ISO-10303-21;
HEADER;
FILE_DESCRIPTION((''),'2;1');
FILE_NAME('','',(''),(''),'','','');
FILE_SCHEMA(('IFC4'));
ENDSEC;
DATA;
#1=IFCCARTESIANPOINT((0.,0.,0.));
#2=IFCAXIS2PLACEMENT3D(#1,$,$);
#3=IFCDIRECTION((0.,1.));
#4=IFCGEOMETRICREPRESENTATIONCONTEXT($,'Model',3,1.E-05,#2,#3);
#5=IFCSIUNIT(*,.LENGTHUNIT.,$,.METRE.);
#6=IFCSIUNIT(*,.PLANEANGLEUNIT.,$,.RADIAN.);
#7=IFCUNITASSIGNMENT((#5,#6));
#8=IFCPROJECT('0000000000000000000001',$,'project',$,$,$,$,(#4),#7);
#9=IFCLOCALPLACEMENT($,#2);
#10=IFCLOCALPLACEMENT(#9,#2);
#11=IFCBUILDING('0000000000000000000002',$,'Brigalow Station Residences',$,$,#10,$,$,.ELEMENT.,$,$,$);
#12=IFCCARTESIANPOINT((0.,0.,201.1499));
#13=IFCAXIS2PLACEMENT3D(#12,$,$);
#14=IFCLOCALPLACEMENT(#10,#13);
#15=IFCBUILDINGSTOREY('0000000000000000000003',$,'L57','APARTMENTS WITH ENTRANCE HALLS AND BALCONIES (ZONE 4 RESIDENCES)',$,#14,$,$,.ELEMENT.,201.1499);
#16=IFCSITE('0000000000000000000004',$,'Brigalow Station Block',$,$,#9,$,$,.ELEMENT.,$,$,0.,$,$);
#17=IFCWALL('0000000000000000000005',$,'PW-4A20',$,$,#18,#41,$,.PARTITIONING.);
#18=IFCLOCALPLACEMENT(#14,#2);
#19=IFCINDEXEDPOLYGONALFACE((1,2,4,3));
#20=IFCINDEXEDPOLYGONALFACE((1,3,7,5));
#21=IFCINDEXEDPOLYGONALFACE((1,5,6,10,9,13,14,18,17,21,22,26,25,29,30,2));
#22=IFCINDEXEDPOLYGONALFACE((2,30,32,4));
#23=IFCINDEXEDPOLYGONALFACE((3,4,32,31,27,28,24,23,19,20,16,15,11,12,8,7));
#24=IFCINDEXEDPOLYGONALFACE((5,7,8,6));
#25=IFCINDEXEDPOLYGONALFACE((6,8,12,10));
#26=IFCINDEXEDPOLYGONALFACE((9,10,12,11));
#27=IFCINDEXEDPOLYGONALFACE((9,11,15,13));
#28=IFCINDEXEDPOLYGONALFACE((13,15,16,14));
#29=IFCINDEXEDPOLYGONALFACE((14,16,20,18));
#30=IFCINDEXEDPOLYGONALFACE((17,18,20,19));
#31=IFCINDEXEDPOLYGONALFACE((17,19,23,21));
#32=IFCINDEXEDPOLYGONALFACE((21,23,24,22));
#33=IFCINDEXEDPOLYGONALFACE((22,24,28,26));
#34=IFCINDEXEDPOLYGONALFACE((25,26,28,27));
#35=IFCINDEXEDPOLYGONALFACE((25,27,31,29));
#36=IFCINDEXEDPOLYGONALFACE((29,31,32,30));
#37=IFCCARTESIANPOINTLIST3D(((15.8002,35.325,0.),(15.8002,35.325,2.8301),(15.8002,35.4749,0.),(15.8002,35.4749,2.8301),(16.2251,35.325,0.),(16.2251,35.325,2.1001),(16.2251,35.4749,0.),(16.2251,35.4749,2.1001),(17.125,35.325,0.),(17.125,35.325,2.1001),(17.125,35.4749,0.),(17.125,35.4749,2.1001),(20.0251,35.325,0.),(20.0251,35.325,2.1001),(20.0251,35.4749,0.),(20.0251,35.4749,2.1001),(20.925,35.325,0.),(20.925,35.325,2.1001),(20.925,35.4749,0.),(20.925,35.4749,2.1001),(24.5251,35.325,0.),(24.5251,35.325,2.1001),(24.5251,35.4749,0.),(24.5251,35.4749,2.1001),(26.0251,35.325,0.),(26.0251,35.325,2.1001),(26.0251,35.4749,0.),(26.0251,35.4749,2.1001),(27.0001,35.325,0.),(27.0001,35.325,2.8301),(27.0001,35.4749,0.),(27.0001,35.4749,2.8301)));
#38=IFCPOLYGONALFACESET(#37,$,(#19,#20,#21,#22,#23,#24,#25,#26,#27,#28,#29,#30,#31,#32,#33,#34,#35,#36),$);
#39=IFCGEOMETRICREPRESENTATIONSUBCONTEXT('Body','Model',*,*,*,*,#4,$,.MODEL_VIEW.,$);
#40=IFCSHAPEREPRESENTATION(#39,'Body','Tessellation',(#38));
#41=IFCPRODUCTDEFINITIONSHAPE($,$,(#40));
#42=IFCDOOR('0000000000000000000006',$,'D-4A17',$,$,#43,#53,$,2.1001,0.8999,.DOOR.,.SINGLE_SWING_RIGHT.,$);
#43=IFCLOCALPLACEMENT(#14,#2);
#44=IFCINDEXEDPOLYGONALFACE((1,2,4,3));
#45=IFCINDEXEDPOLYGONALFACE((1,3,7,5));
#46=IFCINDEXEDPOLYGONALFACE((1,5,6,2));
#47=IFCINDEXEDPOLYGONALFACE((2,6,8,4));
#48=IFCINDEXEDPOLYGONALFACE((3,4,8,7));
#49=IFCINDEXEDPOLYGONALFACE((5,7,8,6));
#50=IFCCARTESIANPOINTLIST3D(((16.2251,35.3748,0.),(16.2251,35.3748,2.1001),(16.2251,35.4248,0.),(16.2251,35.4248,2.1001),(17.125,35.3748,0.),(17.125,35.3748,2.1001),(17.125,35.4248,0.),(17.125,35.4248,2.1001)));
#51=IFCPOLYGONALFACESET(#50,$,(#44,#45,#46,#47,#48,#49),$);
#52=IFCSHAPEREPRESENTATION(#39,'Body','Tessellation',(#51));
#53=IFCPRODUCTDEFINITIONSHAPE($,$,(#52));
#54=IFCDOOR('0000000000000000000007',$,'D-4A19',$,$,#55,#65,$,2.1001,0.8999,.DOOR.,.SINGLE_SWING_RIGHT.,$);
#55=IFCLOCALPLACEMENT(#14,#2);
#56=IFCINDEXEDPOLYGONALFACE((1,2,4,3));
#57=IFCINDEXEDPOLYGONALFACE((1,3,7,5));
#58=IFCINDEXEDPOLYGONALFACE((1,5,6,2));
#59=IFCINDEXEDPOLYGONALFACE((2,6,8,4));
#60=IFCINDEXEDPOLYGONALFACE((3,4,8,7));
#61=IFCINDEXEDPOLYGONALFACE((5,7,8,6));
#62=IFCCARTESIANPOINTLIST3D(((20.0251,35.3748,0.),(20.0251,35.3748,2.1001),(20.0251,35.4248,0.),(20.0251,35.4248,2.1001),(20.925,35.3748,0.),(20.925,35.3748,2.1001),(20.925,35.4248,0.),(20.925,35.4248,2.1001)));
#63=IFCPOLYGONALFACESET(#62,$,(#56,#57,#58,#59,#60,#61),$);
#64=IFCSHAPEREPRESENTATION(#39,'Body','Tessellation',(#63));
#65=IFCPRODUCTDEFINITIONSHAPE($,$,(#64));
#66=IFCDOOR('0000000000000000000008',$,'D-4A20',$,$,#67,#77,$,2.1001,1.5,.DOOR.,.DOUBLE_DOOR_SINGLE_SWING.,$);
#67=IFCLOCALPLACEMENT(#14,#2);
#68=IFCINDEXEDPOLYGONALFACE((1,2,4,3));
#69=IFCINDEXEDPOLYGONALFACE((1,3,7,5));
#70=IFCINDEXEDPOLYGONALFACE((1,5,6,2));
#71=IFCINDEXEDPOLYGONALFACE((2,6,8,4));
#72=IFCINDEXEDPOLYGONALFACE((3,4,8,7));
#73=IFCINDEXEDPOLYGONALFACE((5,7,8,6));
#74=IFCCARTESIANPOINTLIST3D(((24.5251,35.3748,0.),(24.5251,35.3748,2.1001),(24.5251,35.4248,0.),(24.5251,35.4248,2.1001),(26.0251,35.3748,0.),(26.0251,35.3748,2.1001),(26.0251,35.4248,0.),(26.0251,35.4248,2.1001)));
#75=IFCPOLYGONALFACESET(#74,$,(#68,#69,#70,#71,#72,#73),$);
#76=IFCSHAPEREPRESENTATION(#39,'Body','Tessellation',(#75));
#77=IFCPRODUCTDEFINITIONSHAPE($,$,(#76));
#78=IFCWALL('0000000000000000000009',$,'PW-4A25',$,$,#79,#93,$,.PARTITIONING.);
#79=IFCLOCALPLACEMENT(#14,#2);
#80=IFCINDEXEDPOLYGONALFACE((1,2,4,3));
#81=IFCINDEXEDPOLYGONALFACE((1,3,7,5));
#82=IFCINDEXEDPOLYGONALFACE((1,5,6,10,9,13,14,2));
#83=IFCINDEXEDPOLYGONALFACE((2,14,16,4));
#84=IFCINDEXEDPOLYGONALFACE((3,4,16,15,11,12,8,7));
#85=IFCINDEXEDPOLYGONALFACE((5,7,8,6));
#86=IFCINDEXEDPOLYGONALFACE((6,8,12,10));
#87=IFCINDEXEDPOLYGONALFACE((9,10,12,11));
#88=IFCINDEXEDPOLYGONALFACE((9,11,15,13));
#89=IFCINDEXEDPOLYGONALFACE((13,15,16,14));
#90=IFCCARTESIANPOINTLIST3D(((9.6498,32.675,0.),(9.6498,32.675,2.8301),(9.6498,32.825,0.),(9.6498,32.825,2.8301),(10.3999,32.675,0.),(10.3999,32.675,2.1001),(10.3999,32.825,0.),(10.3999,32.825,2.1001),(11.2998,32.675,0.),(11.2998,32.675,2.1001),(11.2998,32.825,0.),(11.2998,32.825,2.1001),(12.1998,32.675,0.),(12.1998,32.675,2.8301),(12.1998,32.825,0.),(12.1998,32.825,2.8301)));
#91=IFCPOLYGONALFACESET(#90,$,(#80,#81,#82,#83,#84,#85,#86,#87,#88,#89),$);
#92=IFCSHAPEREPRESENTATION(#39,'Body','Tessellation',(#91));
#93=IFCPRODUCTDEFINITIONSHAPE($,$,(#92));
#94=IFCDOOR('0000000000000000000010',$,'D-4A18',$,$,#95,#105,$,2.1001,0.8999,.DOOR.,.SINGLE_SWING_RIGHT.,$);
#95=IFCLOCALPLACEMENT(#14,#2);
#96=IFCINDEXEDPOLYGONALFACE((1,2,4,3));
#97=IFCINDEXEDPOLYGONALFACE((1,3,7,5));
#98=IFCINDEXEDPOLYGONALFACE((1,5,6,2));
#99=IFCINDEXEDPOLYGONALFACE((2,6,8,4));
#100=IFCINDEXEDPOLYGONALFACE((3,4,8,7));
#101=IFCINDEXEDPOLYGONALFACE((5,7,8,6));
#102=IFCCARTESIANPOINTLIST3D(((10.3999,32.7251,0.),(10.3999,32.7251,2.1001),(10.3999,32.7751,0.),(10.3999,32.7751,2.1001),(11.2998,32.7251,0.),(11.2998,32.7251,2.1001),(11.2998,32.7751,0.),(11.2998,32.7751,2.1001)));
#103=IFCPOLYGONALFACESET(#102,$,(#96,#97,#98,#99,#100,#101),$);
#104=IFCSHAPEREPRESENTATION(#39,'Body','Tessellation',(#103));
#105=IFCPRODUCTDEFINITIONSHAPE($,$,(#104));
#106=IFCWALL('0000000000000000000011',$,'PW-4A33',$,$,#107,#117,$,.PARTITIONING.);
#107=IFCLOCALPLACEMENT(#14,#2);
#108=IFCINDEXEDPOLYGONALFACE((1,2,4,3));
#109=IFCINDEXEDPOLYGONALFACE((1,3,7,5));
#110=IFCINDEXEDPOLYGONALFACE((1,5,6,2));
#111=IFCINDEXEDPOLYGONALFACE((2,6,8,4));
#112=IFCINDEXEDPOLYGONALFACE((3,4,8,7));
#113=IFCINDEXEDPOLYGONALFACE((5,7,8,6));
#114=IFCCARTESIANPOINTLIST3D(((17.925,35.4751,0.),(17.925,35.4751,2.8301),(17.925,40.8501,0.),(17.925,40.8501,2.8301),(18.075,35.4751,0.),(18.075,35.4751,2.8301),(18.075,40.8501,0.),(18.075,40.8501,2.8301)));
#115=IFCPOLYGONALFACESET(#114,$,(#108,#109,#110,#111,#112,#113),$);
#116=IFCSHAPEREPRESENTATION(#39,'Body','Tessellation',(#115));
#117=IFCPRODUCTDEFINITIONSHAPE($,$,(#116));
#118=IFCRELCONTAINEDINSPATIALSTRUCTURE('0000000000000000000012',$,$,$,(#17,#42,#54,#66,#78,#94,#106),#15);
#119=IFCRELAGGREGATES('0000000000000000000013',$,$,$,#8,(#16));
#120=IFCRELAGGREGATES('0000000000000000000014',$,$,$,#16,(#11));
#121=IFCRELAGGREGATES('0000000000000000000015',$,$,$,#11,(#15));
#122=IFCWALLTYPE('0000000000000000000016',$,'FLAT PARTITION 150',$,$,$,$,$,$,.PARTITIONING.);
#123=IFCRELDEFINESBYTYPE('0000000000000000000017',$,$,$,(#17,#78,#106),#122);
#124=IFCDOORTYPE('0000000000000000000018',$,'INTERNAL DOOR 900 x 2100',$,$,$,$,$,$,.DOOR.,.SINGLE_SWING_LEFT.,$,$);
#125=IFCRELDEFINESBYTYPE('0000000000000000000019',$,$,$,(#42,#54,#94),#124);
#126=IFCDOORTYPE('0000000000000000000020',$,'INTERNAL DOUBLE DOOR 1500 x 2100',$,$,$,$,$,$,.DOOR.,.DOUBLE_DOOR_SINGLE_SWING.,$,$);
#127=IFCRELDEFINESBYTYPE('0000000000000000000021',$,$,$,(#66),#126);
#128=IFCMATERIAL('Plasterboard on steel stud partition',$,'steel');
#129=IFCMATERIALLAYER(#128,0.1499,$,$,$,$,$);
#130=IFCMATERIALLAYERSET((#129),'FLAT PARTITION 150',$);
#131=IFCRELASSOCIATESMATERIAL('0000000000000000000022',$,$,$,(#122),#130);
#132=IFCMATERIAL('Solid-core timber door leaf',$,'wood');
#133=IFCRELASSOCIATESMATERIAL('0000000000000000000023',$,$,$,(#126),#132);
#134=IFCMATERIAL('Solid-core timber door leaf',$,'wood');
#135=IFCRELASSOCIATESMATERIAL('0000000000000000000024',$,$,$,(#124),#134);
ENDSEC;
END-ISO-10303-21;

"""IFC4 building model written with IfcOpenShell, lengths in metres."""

from ifc_helpers import new_model, si_unit, direction, frame, frame_2d, origin, place, context, subcontext, project, spatial, rectangle, extrude, material, layer, layer_set, type_object, element, fill, save


model = new_model("IFC4")

# Units and contexts
model_context = context("Model", 3, precision=1e-05, world=origin(), true_north=direction((0.0, 1.0)))
body_context = subcontext(model_context, "Body", "Model", "MODEL_VIEW")
ifc_project = project(units=[si_unit("LENGTHUNIT", "METRE"), si_unit("PLANEANGLEUNIT", "RADIAN")], contexts=[model_context])

# Site, building, storey
site_placement = place(None, origin())
site = spatial("IfcSite", under=ifc_project, at=site_placement, Name="Brigalow Station Block", CompositionType="ELEMENT", RefElevation=0.0)
building_placement = place(site_placement, origin())
building = spatial("IfcBuilding", under=site, at=building_placement, Name="Brigalow Station Residences", CompositionType="ELEMENT")
storey_placement = place(building_placement, frame((0.0, 0.0, 201.1499)))
storey = spatial("IfcBuildingStorey", under=building, at=storey_placement, Name="L57", Description="APARTMENTS WITH ENTRANCE HALLS AND BALCONIES (ZONE 4 RESIDENCES)", CompositionType="ELEMENT", Elevation=201.1499)

# Shared definitions
ifc_material_1 = material(Name="Plasterboard on steel stud partition", Category="steel")
ifc_layer_1 = layer(ifc_material_1, 0.1499)
ifc_layer_set_1 = layer_set([ifc_layer_1], Name="FLAT PARTITION 150")
wall_type_1 = type_object("IfcWallType", Name="FLAT PARTITION 150", PredefinedType="PARTITIONING", material=ifc_layer_set_1)
ifc_material_2 = material(Name="Solid-core timber door leaf", Category="wood")
door_type_1 = type_object("IfcDoorType", Name="INTERNAL DOUBLE DOOR 1500 x 2100", OperationType="DOUBLE_DOOR_SINGLE_SWING", PredefinedType="DOOR", material=ifc_material_2)

# Wall, openings, doors
wall_1_placement = place(storey_placement, frame((15.8, 35.3999, 0.0), z_axis=(0.0, 0.0, 1.0), x_axis=(1.0, 0.0, 0.0)))
wall_1 = element("IfcWall", 1, at=wall_1_placement, inside=storey, type_object=wall_type_1, Name="PW-4A20", PredefinedType="PARTITIONING", context=body_context, shape_type="SweptSolid", body=[
    extrude(rectangle(XDim=11.2, YDim=0.1499, at=frame_2d((5.6001, 0.0))), origin(), (0.0, 0.0, 1.0), 2.8301),
])
opening_1_placement = place(wall_1_placement, frame((0.425, 0.0, 0.0)))
opening_1 = element("IfcOpeningElement", 2, at=opening_1_placement, cuts=wall_1, PredefinedType="OPENING", context=body_context, shape_type="SweptSolid", body=[
    extrude(rectangle(XDim=0.8999, YDim=2.1001, at=frame_2d((0.45, 1.05))), frame((0.0, 0.085, 0.0), z_axis=(0.0, -1.0, 0.0), x_axis=(1.0, 0.0, 0.0)), (0.0, 0.0, 1.0), 0.1699),
])
opening_2_placement = place(wall_1_placement, frame((4.2251, 0.0, 0.0)))
opening_2 = element("IfcOpeningElement", 3, at=opening_2_placement, cuts=wall_1, PredefinedType="OPENING", context=body_context, shape_type="SweptSolid", body=[
    extrude(rectangle(XDim=0.8999, YDim=2.1001, at=frame_2d((0.45, 1.05))), frame((0.0, 0.085, 0.0), z_axis=(0.0, -1.0, 0.0), x_axis=(1.0, 0.0, 0.0)), (0.0, 0.0, 1.0), 0.1699),
])
opening_3_placement = place(wall_1_placement, frame((8.7251, 0.0, 0.0)))
opening_3 = element("IfcOpeningElement", 4, at=opening_3_placement, cuts=wall_1, PredefinedType="OPENING", context=body_context, shape_type="SweptSolid", body=[
    extrude(rectangle(XDim=1.5, YDim=2.1001, at=frame_2d((0.75, 1.05))), frame((0.0, 0.085, 0.0), z_axis=(0.0, -1.0, 0.0), x_axis=(1.0, 0.0, 0.0)), (0.0, 0.0, 1.0), 0.1699),
])
ifc_material_3 = material(Name="Solid-core timber door leaf", Category="wood")
door_type_2 = type_object("IfcDoorType", Name="INTERNAL DOOR 900 x 2100", OperationType="SINGLE_SWING_LEFT", PredefinedType="DOOR", material=ifc_material_3)
door_1_placement = place(opening_1_placement, origin())
door_1 = element("IfcDoor", 5, at=door_1_placement, inside=storey, type_object=door_type_2, Name="D-4A17", OperationType="SINGLE_SWING_RIGHT", OverallHeight=2.1001, OverallWidth=0.8999, PredefinedType="DOOR", context=body_context, shape_type="SweptSolid", body=[
    extrude(rectangle(XDim=0.8999, YDim=2.1001, at=frame_2d((0.45, 1.05))), frame((0.0, 0.0249, 0.0), z_axis=(0.0, -1.0, 0.0), x_axis=(1.0, 0.0, 0.0)), (0.0, 0.0, 1.0), 0.05),
])
fill(opening_1, door_1)
door_2_placement = place(opening_2_placement, origin())
door_2 = element("IfcDoor", 6, at=door_2_placement, inside=storey, type_object=door_type_2, Name="D-4A19", OperationType="SINGLE_SWING_RIGHT", OverallHeight=2.1001, OverallWidth=0.8999, PredefinedType="DOOR", context=body_context, shape_type="SweptSolid", body=[
    extrude(rectangle(XDim=0.8999, YDim=2.1001, at=frame_2d((0.45, 1.05))), frame((0.0, 0.0249, 0.0), z_axis=(0.0, -1.0, 0.0), x_axis=(1.0, 0.0, 0.0)), (0.0, 0.0, 1.0), 0.05),
])
fill(opening_2, door_2)
door_3_placement = place(opening_3_placement, origin())
door_3 = element("IfcDoor", 7, at=door_3_placement, inside=storey, type_object=door_type_1, Name="D-4A20", OperationType="DOUBLE_DOOR_SINGLE_SWING", OverallHeight=2.1001, OverallWidth=1.5, PredefinedType="DOOR", context=body_context, shape_type="SweptSolid", body=[
    extrude(rectangle(XDim=1.5, YDim=2.1001, at=frame_2d((0.75, 1.05))), frame((0.0, 0.0249, 0.0), z_axis=(0.0, -1.0, 0.0), x_axis=(1.0, 0.0, 0.0)), (0.0, 0.0, 1.0), 0.05),
])
fill(opening_3, door_3)

# Wall, opening, door
wall_2_placement = place(storey_placement, frame((9.6499, 32.75, 0.0), z_axis=(0.0, 0.0, 1.0), x_axis=(1.0, 0.0, 0.0)))
wall_2 = element("IfcWall", 8, at=wall_2_placement, inside=storey, type_object=wall_type_1, Name="PW-4A25", PredefinedType="PARTITIONING", context=body_context, shape_type="SweptSolid", body=[
    extrude(rectangle(XDim=2.55, YDim=0.1499, at=frame_2d((1.2749, 0.0))), origin(), (0.0, 0.0, 1.0), 2.8301),
])
opening_4_placement = place(wall_2_placement, frame((0.75, 0.0, 0.0)))
opening_4 = element("IfcOpeningElement", 9, at=opening_4_placement, cuts=wall_2, PredefinedType="OPENING", context=body_context, shape_type="SweptSolid", body=[
    extrude(rectangle(XDim=0.8999, YDim=2.1001, at=frame_2d((0.45, 1.05))), frame((0.0, 0.085, 0.0), z_axis=(0.0, -1.0, 0.0), x_axis=(1.0, 0.0, 0.0)), (0.0, 0.0, 1.0), 0.1699),
])
door_4_placement = place(opening_4_placement, frame((0.8999, 0.0, 0.0), z_axis=(0.0, 0.0, 1.0), x_axis=(-1.0, 0.0, 0.0)))
door_4 = element("IfcDoor", 10, at=door_4_placement, inside=storey, type_object=door_type_2, Name="D-4A18", OperationType="SINGLE_SWING_RIGHT", OverallHeight=2.1001, OverallWidth=0.8999, PredefinedType="DOOR", context=body_context, shape_type="SweptSolid", body=[
    extrude(rectangle(XDim=0.8999, YDim=2.1001, at=frame_2d((0.45, 1.05))), frame((0.0, 0.0249, 0.0), z_axis=(0.0, -1.0, 0.0), x_axis=(1.0, 0.0, 0.0)), (0.0, 0.0, 1.0), 0.05),
])
fill(opening_4, door_4)

# Wall
wall_3_placement = place(storey_placement, frame((18.0, 35.4751, 0.0), z_axis=(0.0, 0.0, 1.0), x_axis=(0.0, 1.0, 0.0)))
element("IfcWall", 11, at=wall_3_placement, inside=storey, type_object=wall_type_1, Name="PW-4A33", PredefinedType="PARTITIONING", context=body_context, shape_type="SweptSolid", body=[
    extrude(rectangle(XDim=5.375, YDim=0.1499, at=frame_2d((2.6875, 0.0))), origin(), (0.0, 0.0, 1.0), 2.8301),
])

save(model, "model.ifc")
